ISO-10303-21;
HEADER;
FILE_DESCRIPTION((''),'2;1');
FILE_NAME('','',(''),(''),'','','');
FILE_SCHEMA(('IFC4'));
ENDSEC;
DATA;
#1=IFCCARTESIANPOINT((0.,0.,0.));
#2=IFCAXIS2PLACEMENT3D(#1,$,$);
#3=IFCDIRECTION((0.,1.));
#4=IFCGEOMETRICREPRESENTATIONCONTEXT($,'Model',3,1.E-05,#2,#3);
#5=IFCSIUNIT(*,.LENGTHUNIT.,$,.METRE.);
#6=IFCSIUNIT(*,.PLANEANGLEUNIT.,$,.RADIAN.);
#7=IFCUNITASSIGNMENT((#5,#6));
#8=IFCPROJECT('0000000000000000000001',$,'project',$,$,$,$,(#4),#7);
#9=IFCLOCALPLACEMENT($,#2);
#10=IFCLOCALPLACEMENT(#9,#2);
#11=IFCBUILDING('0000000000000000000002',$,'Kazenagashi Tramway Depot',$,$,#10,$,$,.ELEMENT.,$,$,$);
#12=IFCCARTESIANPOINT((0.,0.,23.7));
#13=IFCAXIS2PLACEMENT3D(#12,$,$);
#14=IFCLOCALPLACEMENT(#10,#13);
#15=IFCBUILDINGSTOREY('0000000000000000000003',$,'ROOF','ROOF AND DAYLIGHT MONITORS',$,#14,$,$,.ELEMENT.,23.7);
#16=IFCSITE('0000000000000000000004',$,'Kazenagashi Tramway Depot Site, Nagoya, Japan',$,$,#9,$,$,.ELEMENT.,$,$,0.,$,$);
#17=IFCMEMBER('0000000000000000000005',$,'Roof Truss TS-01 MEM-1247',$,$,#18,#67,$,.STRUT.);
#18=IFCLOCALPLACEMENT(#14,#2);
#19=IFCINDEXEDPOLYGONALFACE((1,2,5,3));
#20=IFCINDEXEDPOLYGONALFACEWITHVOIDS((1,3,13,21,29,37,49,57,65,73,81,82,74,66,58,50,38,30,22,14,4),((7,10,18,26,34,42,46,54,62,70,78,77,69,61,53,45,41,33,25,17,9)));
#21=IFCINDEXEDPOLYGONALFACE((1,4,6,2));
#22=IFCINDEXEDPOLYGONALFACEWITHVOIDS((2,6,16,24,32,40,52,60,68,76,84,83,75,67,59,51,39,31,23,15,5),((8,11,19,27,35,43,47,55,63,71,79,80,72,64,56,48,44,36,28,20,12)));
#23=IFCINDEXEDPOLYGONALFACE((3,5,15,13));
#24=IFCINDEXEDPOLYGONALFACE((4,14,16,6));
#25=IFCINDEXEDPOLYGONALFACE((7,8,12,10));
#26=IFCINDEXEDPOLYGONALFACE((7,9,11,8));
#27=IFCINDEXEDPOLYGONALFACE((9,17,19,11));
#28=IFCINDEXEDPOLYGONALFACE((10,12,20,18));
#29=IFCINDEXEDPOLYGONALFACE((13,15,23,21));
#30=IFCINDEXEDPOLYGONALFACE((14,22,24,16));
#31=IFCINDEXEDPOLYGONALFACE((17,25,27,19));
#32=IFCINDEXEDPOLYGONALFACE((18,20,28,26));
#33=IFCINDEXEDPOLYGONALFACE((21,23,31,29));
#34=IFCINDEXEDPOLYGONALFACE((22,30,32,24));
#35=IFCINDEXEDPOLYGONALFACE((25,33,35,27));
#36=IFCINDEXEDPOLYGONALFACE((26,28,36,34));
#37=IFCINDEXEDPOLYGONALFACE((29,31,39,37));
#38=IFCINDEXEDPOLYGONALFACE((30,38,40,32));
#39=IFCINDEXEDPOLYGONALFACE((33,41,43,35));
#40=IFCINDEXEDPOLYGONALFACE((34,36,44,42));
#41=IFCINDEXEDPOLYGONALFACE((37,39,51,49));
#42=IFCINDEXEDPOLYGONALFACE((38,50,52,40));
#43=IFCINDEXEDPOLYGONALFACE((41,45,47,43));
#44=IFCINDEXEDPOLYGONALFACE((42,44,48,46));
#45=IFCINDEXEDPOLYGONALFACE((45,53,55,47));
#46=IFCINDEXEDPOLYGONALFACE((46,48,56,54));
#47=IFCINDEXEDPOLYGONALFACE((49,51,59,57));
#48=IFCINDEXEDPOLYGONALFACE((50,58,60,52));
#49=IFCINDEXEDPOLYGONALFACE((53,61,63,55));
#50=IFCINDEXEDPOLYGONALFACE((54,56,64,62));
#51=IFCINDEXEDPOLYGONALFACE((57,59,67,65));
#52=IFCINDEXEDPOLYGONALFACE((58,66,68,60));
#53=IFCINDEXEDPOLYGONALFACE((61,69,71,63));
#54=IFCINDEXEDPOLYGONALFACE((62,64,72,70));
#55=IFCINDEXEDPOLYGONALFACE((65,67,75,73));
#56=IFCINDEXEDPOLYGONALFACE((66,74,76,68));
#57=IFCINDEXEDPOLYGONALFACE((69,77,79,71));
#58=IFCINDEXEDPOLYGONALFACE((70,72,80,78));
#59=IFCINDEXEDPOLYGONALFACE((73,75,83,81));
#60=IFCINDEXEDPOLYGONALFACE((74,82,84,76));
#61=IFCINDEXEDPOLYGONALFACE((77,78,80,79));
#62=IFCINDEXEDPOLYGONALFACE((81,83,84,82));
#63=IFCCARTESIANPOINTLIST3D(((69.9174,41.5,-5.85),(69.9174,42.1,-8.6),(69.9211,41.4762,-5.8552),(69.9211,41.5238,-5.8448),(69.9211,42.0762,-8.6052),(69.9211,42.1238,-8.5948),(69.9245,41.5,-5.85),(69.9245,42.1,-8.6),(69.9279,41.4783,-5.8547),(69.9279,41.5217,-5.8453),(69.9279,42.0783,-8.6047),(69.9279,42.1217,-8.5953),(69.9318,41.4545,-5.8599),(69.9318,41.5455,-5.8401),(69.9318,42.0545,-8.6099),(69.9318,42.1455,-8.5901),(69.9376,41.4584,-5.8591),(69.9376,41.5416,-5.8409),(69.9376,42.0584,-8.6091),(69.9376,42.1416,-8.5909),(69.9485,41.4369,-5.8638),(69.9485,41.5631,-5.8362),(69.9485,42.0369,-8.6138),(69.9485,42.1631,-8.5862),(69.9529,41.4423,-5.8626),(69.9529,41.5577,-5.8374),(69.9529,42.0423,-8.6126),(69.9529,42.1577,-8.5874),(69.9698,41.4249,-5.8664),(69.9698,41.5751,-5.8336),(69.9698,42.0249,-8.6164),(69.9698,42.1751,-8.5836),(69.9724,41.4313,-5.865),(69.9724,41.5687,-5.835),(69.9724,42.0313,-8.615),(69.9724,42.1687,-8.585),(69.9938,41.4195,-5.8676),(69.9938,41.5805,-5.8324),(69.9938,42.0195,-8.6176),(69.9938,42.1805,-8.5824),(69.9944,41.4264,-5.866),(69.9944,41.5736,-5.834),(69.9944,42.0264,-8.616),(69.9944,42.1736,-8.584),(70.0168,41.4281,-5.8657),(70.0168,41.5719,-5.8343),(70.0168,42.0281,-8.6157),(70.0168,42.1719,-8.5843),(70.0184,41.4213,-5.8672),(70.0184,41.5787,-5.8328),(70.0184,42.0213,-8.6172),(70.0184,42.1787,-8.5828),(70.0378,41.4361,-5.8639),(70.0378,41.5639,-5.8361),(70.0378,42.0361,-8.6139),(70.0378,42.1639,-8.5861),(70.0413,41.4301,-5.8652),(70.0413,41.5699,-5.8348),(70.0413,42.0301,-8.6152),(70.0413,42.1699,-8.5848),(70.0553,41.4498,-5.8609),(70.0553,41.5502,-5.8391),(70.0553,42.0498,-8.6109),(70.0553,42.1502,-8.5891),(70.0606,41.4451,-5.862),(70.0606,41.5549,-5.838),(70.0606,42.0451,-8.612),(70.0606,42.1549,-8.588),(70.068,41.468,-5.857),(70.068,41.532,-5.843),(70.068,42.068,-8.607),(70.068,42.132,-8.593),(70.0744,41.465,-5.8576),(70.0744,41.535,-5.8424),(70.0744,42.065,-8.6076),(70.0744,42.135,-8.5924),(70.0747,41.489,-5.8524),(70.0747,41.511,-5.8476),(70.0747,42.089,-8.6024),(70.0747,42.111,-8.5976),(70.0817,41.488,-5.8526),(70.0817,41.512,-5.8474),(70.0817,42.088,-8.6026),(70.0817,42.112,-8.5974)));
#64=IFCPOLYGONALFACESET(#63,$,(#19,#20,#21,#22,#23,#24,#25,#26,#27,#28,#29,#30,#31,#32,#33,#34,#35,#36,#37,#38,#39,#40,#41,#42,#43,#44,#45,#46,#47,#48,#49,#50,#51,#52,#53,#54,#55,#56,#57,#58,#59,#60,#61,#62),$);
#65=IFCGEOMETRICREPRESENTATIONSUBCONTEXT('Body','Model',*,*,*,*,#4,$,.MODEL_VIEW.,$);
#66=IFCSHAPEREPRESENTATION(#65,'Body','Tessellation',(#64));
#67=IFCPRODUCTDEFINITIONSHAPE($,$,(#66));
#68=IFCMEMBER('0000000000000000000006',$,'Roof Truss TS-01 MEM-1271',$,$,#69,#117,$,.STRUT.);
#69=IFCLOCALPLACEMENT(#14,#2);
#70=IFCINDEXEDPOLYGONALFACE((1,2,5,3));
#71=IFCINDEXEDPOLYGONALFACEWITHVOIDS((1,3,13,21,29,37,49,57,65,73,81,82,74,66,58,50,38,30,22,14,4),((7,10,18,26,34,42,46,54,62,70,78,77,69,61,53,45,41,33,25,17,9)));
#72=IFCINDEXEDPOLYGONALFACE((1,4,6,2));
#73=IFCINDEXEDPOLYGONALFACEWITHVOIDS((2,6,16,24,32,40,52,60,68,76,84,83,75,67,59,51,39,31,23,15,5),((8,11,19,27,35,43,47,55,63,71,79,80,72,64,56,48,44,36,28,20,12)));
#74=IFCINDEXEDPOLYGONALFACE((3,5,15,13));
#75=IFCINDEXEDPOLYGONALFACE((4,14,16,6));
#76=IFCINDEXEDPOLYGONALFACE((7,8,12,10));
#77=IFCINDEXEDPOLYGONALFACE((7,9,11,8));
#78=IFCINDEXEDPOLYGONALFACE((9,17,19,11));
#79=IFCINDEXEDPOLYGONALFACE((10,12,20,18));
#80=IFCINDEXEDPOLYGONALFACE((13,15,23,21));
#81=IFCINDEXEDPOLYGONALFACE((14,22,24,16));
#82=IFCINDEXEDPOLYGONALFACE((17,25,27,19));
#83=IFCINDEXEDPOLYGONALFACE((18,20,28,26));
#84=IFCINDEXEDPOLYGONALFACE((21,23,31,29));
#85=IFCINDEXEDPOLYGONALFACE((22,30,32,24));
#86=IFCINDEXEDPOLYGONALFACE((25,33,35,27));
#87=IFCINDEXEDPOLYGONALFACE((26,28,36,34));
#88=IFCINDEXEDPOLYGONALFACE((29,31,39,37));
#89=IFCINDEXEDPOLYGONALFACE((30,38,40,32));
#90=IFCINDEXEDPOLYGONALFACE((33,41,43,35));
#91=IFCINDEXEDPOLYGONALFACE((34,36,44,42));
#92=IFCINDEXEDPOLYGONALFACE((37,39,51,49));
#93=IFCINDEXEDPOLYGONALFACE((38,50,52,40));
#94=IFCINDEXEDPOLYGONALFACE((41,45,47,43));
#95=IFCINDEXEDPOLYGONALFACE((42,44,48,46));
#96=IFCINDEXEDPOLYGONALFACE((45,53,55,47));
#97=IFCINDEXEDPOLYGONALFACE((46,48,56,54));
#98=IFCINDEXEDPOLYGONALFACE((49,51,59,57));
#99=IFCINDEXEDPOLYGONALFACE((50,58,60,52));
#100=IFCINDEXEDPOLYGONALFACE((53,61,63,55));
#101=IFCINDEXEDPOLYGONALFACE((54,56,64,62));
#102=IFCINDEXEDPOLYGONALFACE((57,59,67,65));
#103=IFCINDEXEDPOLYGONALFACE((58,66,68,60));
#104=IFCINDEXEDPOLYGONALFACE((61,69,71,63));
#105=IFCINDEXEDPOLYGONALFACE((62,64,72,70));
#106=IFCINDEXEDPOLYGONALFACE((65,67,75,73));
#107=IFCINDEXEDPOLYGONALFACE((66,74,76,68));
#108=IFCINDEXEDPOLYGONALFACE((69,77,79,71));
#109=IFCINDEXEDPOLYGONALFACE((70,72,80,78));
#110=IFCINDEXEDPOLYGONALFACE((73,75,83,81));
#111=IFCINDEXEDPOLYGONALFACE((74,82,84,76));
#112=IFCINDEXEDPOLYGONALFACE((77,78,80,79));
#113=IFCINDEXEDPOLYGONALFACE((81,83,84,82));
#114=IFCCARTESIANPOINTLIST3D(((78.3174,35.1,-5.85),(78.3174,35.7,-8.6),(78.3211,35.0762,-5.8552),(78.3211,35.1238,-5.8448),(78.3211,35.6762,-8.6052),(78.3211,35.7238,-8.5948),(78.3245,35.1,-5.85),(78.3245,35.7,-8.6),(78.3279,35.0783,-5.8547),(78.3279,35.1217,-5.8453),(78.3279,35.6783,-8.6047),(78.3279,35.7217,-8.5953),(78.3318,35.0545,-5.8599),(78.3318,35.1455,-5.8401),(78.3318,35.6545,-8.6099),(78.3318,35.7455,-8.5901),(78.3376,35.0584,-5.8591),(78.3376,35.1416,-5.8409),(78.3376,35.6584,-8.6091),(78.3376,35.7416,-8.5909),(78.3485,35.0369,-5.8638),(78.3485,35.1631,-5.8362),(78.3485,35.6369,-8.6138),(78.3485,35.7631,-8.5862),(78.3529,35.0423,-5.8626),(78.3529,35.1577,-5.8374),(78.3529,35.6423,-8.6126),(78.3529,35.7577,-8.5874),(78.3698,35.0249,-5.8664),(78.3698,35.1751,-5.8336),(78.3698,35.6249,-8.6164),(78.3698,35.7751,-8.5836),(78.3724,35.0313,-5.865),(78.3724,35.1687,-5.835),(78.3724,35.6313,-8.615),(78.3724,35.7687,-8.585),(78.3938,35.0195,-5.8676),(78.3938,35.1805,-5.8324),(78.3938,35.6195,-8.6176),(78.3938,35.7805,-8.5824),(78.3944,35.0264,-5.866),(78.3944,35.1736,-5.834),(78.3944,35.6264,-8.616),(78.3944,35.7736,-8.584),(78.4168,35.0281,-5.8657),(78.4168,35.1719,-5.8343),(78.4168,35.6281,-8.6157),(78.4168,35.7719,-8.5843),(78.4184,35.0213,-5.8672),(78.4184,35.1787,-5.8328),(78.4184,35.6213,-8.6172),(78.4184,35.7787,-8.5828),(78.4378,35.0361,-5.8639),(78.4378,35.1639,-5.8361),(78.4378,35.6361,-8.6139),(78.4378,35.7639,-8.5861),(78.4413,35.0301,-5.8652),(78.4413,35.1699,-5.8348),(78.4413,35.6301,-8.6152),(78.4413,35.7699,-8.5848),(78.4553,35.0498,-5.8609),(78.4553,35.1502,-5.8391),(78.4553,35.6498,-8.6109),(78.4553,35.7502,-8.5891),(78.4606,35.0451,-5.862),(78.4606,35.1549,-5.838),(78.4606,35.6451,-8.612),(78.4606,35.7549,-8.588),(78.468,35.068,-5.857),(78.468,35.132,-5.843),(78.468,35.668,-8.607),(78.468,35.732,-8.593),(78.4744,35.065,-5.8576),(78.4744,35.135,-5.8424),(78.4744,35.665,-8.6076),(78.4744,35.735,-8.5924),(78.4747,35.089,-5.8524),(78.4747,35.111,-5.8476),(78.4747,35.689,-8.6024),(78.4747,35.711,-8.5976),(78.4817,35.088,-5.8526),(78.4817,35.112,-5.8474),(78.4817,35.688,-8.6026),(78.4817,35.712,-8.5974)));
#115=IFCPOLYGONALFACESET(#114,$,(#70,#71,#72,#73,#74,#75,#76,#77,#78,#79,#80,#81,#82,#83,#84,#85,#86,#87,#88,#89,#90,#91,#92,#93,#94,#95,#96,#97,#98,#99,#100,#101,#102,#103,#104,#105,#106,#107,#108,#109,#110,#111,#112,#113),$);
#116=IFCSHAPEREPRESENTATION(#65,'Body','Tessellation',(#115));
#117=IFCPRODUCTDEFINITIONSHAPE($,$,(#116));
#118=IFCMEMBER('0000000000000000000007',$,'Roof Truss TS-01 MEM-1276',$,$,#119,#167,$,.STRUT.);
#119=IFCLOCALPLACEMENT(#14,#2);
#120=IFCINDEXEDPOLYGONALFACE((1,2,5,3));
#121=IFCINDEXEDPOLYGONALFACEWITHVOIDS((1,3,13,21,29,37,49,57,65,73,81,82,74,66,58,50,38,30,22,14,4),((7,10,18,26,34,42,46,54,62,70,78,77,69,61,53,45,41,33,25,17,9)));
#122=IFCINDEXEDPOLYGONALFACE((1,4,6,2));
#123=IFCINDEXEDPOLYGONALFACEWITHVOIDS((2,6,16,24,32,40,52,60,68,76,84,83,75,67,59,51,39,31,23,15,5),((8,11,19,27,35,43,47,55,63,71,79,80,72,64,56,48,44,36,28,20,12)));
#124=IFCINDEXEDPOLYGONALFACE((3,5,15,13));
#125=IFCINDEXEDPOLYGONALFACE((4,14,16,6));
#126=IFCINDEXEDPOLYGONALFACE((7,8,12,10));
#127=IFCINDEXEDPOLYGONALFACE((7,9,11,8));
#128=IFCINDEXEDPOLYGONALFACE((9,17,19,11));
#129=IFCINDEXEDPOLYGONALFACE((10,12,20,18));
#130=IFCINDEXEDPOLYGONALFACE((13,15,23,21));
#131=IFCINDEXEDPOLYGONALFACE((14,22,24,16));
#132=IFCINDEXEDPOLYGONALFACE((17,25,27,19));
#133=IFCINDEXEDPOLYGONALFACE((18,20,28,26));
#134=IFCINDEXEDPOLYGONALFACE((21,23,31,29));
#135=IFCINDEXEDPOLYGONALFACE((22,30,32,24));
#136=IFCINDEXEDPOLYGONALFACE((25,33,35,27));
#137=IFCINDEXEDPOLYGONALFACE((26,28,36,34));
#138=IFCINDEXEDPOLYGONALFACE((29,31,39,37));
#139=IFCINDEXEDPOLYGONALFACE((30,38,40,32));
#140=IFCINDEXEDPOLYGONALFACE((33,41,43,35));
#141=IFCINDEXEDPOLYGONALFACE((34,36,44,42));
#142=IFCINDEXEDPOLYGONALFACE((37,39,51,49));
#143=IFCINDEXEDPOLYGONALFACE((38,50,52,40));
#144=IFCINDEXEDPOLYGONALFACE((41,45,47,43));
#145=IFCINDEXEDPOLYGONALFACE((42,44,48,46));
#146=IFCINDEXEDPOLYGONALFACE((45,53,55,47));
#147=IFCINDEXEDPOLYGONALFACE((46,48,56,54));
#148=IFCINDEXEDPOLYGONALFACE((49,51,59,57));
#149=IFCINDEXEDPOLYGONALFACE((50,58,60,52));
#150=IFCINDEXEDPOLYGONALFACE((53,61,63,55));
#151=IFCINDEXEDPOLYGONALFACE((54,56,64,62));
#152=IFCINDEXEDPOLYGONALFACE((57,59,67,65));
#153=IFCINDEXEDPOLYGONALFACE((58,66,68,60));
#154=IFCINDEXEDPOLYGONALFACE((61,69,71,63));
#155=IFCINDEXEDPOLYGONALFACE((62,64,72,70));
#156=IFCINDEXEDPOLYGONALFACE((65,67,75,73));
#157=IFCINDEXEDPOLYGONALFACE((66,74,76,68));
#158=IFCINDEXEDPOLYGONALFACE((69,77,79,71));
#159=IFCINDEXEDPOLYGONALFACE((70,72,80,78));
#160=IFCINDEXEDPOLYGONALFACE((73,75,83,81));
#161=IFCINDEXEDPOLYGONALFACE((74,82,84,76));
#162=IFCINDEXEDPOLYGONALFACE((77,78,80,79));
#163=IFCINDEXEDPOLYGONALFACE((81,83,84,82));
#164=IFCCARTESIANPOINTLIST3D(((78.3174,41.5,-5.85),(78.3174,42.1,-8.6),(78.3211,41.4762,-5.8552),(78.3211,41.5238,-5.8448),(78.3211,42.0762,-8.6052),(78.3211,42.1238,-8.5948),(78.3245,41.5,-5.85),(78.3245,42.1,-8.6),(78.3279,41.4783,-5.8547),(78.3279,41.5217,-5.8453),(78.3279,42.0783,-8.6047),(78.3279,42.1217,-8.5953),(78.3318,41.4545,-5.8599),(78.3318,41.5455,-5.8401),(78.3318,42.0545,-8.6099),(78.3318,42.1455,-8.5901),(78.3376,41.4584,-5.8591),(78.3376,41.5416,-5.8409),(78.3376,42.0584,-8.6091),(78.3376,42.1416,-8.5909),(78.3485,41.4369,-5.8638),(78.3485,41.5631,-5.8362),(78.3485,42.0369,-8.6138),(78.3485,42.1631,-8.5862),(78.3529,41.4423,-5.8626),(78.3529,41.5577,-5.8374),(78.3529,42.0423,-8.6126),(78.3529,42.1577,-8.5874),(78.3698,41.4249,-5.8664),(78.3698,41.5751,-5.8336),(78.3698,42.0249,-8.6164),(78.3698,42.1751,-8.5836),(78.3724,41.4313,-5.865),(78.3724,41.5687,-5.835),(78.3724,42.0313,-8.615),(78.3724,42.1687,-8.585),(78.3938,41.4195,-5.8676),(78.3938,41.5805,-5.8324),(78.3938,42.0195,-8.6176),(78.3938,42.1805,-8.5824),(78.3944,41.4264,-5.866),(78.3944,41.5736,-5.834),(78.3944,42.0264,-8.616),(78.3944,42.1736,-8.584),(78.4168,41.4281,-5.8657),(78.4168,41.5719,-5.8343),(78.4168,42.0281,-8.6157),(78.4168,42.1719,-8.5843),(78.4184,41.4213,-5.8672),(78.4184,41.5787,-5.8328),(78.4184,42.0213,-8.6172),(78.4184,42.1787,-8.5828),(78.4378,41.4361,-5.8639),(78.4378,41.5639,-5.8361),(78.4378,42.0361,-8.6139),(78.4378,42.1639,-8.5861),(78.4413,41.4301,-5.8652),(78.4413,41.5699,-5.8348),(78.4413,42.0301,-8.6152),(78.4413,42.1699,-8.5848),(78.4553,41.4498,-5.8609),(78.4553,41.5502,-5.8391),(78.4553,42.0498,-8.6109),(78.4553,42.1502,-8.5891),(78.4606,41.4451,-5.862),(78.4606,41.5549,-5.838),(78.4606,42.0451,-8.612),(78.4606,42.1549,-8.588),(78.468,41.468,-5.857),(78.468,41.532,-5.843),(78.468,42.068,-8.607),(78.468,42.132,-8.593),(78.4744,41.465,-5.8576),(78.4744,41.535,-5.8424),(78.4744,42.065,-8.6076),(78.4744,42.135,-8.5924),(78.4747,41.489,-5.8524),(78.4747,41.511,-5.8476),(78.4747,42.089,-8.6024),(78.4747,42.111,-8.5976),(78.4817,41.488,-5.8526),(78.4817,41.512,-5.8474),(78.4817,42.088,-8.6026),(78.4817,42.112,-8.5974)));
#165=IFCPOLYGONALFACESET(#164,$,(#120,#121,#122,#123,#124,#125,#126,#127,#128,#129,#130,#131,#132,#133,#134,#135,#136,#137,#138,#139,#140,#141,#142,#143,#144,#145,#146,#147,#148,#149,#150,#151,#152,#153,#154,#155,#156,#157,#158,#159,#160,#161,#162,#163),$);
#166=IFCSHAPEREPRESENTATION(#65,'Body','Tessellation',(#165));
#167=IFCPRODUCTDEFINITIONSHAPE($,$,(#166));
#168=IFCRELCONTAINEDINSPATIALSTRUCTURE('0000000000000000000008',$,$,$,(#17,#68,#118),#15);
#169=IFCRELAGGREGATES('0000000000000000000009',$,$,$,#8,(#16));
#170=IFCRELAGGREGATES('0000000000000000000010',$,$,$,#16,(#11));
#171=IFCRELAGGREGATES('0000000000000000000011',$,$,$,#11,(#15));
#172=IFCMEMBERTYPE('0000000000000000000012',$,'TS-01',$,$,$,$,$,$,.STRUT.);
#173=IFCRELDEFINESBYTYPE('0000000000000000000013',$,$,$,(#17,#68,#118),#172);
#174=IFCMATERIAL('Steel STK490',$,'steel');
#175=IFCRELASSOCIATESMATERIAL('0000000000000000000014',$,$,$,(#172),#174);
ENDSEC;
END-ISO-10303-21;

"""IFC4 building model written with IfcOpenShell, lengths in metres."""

from ifc_helpers import new_model, si_unit, direction, frame, origin, origin_2d, place, context, subcontext, project, spatial, hollow_circle, extrude, material, material_profile, profile_set, type_object, element, save


model = new_model("IFC4")

# Units and contexts
model_context = context("Model", 3, precision=1e-05, world=origin(), true_north=direction((0.0, 1.0)))
body_context = subcontext(model_context, "Body", "Model", "MODEL_VIEW")
ifc_project = project(units=[si_unit("LENGTHUNIT", "METRE"), si_unit("PLANEANGLEUNIT", "RADIAN")], contexts=[model_context])

# Site, building, storey
site_placement = place(None, origin())
site = spatial("IfcSite", under=ifc_project, at=site_placement, Name="Kazenagashi Tramway Depot Site, Nagoya, Japan", CompositionType="ELEMENT", RefElevation=0.0)
building_placement = place(site_placement, origin())
building = spatial("IfcBuilding", under=site, at=building_placement, Name="Kazenagashi Tramway Depot", CompositionType="ELEMENT")
storey_placement = place(building_placement, frame((0.0, 0.0, 23.7)))
storey = spatial("IfcBuildingStorey", under=building, at=storey_placement, Name="ROOF", Description="ROOF AND DAYLIGHT MONITORS", CompositionType="ELEMENT", Elevation=23.7)

# Members
ifc_material_1 = material(Name="Steel STK490", Category="steel")
ifc_material_profile_1 = material_profile(ifc_material_1, hollow_circle(Radius=0.0826, WallThickness=0.0071, at=origin_2d()), Name="CHS-165.2x7.1")
ifc_profile_set_1 = profile_set([ifc_material_profile_1], Name="Steel STK490")
member_type_1 = type_object("IfcMemberType", Name="TS-01", PredefinedType="STRUT", material=ifc_profile_set_1)
for number, where, z_axis, x_axis, name in (
    (1, (70.0, 41.5, -5.85), (0.0, 0.213167, -0.977016), (-1.0, 0.0, 0.0), "Roof Truss TS-01 MEM-1247"),
    (2, (78.4, 35.1, -5.85), (0.0, 0.213167, -0.977016), (-1.0, 0.0, 0.0), "Roof Truss TS-01 MEM-1271"),
    (3, (78.4, 41.5, -5.85), (0.0, 0.213167, -0.977016), (-1.0, 0.0, 0.0), "Roof Truss TS-01 MEM-1276"),
):
    element("IfcMember", number, at=place(storey_placement, frame(where, z_axis=z_axis, x_axis=x_axis)), inside=storey, type_object=member_type_1, Name=name, PredefinedType="STRUT", context=body_context, shape_type="SweptSolid", body=[
        extrude(hollow_circle(Radius=0.0826, WallThickness=0.0071, at=origin_2d()), origin(), (0.0, 0.0, 1.0), 2.8147),
    ])

save(model, "model.ifc")
